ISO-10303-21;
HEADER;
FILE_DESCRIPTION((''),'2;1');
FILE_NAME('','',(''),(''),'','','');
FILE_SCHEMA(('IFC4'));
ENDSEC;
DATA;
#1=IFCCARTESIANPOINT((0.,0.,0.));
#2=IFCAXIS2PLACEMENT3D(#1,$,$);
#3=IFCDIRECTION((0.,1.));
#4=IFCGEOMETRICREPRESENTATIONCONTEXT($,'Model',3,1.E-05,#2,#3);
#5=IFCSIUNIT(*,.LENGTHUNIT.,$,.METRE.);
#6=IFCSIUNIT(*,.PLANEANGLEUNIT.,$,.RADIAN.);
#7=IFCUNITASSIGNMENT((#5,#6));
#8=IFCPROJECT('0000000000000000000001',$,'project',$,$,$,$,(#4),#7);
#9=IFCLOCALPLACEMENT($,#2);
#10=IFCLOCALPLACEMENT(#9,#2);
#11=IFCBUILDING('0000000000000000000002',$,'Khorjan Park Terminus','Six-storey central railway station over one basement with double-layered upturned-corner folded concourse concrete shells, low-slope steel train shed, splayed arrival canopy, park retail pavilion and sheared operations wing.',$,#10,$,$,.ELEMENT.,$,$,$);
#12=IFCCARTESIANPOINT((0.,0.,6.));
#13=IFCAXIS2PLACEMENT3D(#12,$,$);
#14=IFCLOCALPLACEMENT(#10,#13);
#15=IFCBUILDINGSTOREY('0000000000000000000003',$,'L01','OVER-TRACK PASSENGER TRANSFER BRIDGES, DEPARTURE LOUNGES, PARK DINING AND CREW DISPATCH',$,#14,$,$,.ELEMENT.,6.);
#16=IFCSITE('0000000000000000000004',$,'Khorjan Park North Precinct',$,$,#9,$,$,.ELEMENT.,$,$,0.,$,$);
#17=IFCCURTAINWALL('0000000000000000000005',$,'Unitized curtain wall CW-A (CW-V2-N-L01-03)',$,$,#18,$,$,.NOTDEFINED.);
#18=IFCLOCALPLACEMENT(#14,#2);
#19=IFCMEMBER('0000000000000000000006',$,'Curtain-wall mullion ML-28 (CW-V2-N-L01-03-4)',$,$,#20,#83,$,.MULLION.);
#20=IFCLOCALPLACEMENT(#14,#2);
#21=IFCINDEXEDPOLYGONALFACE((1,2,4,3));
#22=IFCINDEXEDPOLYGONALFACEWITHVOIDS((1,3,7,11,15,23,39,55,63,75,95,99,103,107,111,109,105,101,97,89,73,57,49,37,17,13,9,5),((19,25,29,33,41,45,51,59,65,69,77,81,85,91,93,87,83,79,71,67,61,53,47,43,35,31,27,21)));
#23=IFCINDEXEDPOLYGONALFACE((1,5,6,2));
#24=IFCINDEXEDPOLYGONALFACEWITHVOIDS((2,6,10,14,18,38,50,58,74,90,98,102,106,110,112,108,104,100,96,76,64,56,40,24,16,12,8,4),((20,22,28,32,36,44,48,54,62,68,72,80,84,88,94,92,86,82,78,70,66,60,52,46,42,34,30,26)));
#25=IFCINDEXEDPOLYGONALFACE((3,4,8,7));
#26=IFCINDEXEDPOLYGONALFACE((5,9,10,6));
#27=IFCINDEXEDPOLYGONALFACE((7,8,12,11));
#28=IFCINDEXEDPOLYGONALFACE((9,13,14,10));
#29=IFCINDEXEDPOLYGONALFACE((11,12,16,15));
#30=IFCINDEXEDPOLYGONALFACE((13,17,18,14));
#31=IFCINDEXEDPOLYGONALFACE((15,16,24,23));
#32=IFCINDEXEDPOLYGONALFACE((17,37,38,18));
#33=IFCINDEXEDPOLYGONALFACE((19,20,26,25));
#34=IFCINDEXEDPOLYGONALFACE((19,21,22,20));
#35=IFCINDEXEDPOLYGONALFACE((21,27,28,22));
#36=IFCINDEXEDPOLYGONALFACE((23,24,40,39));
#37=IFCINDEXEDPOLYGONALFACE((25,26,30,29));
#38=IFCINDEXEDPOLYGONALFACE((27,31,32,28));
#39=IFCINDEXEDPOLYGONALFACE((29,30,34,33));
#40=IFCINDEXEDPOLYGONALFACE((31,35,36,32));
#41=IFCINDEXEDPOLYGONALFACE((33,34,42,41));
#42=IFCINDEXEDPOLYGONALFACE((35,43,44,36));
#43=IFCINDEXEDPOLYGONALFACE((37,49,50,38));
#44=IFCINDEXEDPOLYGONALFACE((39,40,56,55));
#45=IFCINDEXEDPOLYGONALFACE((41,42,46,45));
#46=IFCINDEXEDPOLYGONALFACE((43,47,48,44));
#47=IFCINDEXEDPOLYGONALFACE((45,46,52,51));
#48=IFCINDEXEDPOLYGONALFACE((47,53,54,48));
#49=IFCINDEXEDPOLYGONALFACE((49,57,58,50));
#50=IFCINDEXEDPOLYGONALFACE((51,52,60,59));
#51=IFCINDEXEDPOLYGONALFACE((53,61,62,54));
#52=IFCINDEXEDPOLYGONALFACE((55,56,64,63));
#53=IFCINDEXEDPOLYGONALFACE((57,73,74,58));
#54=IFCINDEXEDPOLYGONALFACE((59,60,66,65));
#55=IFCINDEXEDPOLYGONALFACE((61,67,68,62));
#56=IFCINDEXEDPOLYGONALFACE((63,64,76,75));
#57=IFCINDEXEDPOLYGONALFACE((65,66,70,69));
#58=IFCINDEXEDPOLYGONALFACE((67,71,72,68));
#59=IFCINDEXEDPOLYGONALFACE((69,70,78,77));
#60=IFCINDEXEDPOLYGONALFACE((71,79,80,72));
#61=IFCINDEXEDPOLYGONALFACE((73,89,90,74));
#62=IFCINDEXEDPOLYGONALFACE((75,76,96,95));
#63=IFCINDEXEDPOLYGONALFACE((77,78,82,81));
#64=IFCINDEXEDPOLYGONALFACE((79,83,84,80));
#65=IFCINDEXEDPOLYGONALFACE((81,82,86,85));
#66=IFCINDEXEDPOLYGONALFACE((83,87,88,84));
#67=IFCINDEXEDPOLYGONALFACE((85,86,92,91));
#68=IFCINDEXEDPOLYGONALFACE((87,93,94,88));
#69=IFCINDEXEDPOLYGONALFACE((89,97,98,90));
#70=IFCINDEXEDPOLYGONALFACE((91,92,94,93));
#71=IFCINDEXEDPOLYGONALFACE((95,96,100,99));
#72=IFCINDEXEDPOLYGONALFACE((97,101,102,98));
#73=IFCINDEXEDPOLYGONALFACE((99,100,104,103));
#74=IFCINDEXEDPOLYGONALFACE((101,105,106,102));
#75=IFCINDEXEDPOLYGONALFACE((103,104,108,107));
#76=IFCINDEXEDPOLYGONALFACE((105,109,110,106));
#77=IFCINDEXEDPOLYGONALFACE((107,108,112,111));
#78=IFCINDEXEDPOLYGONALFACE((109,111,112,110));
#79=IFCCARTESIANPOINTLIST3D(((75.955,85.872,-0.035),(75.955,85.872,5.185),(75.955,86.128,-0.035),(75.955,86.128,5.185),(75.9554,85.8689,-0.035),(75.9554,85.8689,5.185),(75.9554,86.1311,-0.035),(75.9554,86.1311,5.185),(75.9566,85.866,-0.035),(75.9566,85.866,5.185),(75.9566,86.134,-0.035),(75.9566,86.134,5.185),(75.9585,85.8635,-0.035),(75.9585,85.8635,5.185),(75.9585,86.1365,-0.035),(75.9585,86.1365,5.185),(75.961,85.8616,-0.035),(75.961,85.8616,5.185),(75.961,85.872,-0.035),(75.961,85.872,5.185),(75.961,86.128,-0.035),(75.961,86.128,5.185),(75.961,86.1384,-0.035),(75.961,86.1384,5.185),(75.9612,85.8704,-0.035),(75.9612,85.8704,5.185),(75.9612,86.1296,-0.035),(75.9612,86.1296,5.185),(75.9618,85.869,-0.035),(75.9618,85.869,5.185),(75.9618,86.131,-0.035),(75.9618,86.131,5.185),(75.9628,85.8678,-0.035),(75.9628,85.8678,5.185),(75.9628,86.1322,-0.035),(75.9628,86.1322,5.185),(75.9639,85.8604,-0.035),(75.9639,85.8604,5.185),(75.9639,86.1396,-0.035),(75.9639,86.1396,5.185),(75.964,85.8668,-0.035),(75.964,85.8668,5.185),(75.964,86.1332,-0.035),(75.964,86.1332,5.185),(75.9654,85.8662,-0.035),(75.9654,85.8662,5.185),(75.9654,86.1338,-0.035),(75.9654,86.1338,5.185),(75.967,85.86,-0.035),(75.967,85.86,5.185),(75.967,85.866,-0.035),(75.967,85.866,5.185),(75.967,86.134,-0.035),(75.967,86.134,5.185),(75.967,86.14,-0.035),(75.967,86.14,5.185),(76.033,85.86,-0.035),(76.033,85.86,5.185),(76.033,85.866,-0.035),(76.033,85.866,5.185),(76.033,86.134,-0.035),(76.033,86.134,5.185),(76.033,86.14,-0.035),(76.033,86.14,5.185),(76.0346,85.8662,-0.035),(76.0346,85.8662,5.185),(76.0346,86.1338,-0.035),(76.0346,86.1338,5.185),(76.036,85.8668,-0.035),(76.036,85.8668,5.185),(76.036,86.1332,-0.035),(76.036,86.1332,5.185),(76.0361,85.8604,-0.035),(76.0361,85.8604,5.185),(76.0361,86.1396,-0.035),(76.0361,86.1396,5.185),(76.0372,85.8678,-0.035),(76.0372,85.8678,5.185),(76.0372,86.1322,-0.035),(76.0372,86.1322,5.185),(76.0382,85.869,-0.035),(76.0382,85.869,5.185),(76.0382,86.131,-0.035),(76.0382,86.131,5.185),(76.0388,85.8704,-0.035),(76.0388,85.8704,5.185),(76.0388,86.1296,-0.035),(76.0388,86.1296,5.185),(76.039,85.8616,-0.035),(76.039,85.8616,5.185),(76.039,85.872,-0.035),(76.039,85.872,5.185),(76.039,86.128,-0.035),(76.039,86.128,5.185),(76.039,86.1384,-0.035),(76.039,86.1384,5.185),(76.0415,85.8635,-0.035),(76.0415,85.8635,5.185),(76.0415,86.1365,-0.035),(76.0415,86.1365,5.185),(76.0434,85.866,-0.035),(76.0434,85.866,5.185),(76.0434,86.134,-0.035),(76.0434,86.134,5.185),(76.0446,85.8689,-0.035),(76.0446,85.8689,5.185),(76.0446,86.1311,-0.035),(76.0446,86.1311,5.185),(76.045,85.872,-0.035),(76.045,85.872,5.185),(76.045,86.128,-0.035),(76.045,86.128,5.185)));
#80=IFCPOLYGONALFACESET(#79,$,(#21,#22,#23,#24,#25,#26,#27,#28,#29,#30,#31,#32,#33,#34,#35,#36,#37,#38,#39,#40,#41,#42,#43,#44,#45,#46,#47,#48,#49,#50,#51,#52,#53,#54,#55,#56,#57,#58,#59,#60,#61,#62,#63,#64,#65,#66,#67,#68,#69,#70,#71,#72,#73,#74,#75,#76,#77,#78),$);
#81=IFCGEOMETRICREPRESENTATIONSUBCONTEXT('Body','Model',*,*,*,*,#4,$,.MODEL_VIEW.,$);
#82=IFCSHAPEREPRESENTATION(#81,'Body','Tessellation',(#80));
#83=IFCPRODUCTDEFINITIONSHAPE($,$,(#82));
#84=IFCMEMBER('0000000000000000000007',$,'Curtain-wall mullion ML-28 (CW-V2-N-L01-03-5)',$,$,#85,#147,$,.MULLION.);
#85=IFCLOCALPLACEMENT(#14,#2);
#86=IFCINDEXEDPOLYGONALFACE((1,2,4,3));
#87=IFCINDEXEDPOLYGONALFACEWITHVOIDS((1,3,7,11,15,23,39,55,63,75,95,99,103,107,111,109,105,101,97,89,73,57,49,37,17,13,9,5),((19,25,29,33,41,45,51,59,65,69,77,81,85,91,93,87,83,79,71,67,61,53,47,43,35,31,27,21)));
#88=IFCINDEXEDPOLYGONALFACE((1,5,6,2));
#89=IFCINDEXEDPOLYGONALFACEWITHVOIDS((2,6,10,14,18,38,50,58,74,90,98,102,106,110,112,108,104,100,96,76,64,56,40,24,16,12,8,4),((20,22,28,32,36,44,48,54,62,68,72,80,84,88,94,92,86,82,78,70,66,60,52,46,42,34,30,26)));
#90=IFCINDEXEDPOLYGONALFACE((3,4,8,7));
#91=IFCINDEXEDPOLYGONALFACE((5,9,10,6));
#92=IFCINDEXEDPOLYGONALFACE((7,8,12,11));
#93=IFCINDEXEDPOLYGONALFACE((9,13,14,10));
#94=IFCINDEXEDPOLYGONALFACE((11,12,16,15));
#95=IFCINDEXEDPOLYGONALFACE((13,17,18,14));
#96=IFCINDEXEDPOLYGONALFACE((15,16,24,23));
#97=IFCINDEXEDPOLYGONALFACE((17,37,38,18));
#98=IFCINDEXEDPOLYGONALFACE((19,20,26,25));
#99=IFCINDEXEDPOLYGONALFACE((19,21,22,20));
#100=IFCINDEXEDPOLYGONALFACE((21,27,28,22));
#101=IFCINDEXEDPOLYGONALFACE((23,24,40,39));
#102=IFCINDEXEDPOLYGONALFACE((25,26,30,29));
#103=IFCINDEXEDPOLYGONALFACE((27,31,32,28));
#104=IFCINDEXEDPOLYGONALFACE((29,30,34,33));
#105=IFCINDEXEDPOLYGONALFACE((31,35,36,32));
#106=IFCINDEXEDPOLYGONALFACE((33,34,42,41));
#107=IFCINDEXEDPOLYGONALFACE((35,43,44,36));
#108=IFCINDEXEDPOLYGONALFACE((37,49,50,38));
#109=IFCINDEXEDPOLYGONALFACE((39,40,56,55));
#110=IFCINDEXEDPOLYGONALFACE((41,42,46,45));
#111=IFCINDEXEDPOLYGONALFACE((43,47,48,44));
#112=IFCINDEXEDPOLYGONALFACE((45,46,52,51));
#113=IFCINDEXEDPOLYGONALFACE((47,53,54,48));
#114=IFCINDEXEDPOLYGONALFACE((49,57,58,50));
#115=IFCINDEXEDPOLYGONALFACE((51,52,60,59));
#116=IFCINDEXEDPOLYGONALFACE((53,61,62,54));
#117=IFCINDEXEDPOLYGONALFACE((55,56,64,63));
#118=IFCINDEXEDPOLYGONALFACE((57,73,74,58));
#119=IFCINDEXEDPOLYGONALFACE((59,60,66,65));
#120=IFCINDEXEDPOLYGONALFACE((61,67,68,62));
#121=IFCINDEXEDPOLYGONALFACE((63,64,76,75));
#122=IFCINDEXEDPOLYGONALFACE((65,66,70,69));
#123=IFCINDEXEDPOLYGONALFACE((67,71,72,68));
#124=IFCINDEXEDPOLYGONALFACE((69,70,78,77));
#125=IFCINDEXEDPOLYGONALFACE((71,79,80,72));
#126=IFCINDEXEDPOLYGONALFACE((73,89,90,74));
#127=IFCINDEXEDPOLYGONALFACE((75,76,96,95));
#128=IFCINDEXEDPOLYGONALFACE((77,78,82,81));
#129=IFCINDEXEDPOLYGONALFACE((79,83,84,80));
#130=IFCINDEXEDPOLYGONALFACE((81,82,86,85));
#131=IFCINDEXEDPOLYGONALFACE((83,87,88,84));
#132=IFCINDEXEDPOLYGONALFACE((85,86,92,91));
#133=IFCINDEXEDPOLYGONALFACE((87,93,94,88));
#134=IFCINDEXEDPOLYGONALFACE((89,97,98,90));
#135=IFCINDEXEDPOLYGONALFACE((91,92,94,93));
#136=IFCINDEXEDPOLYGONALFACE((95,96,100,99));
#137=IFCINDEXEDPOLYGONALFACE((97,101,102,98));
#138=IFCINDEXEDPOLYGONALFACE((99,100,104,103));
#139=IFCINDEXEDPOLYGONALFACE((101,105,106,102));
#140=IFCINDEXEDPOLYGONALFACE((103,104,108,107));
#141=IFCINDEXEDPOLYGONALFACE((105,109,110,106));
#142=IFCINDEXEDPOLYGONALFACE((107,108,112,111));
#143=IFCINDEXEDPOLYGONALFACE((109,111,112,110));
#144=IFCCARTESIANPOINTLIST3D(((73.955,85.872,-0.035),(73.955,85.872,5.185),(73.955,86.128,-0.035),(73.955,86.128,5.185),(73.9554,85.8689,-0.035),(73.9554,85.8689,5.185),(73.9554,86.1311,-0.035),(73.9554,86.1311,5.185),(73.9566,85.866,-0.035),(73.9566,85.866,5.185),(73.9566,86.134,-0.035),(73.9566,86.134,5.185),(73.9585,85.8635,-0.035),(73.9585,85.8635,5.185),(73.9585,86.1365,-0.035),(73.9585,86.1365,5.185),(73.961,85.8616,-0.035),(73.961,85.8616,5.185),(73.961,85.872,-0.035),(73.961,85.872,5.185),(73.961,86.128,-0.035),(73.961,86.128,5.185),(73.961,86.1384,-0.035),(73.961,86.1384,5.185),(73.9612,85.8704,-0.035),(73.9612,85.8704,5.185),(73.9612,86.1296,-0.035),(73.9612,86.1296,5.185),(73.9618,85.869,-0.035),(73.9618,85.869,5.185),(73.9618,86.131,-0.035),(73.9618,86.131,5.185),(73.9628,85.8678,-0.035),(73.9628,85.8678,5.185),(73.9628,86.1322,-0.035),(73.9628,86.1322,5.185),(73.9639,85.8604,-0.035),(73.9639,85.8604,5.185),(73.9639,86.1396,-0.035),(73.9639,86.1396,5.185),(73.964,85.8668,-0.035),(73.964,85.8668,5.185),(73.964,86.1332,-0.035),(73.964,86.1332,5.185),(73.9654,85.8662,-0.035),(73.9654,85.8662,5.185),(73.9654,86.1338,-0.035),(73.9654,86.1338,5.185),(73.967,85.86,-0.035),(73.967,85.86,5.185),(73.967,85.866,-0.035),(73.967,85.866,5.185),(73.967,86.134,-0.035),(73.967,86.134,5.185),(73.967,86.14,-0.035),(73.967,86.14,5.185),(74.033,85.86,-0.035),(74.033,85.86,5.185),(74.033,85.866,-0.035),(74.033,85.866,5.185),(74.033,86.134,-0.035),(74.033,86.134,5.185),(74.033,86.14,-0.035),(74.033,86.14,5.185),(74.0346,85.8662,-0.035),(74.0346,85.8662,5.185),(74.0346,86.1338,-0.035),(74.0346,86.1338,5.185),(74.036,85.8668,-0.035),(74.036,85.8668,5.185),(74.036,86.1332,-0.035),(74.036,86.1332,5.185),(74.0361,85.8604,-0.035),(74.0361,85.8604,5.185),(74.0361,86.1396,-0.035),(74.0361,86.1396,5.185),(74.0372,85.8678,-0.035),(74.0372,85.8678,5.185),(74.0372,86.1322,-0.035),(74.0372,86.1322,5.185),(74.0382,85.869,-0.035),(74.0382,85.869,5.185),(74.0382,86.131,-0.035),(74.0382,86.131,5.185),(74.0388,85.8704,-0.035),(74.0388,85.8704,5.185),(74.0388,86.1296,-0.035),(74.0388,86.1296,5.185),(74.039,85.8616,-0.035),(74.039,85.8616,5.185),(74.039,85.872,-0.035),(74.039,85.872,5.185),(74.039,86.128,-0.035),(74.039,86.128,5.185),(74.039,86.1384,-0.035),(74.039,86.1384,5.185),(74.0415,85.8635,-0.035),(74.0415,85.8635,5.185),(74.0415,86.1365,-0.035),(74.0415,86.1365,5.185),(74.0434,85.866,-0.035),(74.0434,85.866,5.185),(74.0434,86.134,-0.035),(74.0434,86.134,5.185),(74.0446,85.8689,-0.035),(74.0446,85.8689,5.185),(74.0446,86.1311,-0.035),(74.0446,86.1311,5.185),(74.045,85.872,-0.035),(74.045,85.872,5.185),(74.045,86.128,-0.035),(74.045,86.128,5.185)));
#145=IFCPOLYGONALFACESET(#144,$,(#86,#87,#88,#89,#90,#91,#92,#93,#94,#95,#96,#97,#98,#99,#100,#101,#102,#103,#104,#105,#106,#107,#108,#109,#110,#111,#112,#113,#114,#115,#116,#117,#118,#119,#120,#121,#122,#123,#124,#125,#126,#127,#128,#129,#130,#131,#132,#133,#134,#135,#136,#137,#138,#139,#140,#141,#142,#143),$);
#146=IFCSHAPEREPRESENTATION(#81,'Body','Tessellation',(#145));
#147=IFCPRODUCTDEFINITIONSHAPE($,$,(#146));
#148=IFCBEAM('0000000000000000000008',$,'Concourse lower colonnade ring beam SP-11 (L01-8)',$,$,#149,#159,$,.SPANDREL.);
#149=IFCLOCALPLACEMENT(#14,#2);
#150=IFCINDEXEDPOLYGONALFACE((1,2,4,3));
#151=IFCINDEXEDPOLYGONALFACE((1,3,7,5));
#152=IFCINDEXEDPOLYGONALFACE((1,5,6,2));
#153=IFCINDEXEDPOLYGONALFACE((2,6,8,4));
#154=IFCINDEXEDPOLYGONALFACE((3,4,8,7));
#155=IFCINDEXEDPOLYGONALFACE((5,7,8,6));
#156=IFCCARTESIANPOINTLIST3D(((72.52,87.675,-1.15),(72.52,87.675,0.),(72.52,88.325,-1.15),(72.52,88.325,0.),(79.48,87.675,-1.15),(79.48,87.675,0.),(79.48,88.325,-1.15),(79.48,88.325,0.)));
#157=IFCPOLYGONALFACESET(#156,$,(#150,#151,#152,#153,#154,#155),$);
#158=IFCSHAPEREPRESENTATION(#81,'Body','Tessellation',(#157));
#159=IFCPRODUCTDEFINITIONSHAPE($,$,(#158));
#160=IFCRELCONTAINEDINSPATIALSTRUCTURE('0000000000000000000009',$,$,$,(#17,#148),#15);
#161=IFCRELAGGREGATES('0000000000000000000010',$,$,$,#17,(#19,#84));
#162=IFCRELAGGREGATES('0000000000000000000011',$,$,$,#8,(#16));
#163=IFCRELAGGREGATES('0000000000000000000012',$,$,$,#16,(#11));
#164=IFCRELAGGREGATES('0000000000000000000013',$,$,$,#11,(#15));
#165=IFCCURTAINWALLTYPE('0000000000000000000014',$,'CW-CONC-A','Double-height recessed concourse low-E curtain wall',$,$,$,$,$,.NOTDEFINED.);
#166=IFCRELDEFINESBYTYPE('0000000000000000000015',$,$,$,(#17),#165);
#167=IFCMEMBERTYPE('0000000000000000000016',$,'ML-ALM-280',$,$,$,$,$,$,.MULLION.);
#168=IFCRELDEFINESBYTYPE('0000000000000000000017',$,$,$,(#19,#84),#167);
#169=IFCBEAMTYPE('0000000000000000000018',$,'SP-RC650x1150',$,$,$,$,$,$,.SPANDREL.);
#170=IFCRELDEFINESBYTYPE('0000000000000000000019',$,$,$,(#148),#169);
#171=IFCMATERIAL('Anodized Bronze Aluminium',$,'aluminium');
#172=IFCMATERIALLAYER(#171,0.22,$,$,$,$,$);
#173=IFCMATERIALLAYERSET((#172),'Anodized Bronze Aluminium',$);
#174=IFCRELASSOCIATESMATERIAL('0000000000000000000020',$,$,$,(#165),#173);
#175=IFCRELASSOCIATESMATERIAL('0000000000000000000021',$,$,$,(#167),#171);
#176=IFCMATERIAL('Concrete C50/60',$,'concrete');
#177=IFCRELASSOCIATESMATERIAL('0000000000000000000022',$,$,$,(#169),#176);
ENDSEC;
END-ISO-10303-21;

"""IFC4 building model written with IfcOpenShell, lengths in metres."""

from ifc_helpers import new_model, si_unit, direction, frame, origin, origin_2d, place, context, subcontext, project, spatial, rectangle, hollow_rectangle, extrude, material, layer, layer_set, material_profile, profile_set, type_object, element, aggregate, save


model = new_model("IFC4")

# Units and contexts
model_context = context("Model", 3, precision=1e-05, world=origin(), true_north=direction((0.0, 1.0)))
body_context = subcontext(model_context, "Body", "Model", "MODEL_VIEW")
ifc_project = project(units=[si_unit("LENGTHUNIT", "METRE"), si_unit("PLANEANGLEUNIT", "RADIAN")], contexts=[model_context])

# Site, building, storey
site_placement = place(None, origin())
site = spatial("IfcSite", under=ifc_project, at=site_placement, Name="Khorjan Park North Precinct", CompositionType="ELEMENT", RefElevation=0.0)
building_placement = place(site_placement, origin())
building = spatial("IfcBuilding", under=site, at=building_placement, Name="Khorjan Park Terminus", Description="Six-storey central railway station over one basement with double-layered upturned-corner folded concourse concrete shells, low-slope steel train shed, splayed arrival canopy, park retail pavilion and sheared operations wing.", CompositionType="ELEMENT")
storey_placement = place(building_placement, frame((0.0, 0.0, 6.0)))
storey = spatial("IfcBuildingStorey", under=building, at=storey_placement, Name="L01", Description="OVER-TRACK PASSENGER TRANSFER BRIDGES, DEPARTURE LOUNGES, PARK DINING AND CREW DISPATCH", CompositionType="ELEMENT", Elevation=6.0)

# Shared definitions
ifc_material_1 = material(Name="Concrete C50/60", Category="concrete")

# Shared definitions
ifc_material_2 = material(Name="Anodized Bronze Aluminium", Category="aluminium")

# Curtain wall, members
ifc_layer_1 = layer(ifc_material_2, 0.22)
ifc_layer_set_1 = layer_set([ifc_layer_1], Name="Anodized Bronze Aluminium")
curtain_wall_type_1 = type_object("IfcCurtainWallType", Name="CW-CONC-A", Description="Double-height recessed concourse low-E curtain wall", PredefinedType="NOTDEFINED", material=ifc_layer_set_1)
curtain_wall_1_placement = place(storey_placement, origin())
curtain_wall_1 = element("IfcCurtainWall", 1, at=curtain_wall_1_placement, inside=storey, type_object=curtain_wall_type_1, Name="Unitized curtain wall CW-A (CW-V2-N-L01-03)", PredefinedType="NOTDEFINED")
ifc_material_profile_1 = material_profile(ifc_material_2, hollow_rectangle(XDim=0.09, YDim=0.28, WallThickness=0.006, InnerFilletRadius=0.006, OuterFilletRadius=0.012, at=origin_2d()), Name="ALM 90x280x6")
ifc_profile_set_1 = profile_set([ifc_material_profile_1], Name="Anodized Bronze Aluminium")
member_type_1 = type_object("IfcMemberType", Name="ML-ALM-280", PredefinedType="MULLION", material=ifc_profile_set_1)
member_1_placement = place(storey_placement, frame((76.0, 86.0, -0.035), z_axis=(0.0, 0.0, 1.0), x_axis=(-1.0, 0.0, 0.0)))
member_1 = element("IfcMember", 2, at=member_1_placement, type_object=member_type_1, Name="Curtain-wall mullion ML-28 (CW-V2-N-L01-03-4)", PredefinedType="MULLION", context=body_context, shape_type="SweptSolid", body=[
    extrude(hollow_rectangle(XDim=0.09, YDim=0.28, WallThickness=0.006, InnerFilletRadius=0.006, OuterFilletRadius=0.012, at=origin_2d()), origin(), (0.0, 0.0, 1.0), 5.22),
])
member_2_placement = place(storey_placement, frame((74.0, 86.0, -0.035), z_axis=(0.0, 0.0, 1.0), x_axis=(-1.0, 0.0, 0.0)))
member_2 = element("IfcMember", 3, at=member_2_placement, type_object=member_type_1, Name="Curtain-wall mullion ML-28 (CW-V2-N-L01-03-5)", PredefinedType="MULLION", context=body_context, shape_type="SweptSolid", body=[
    extrude(hollow_rectangle(XDim=0.09, YDim=0.28, WallThickness=0.006, InnerFilletRadius=0.006, OuterFilletRadius=0.012, at=origin_2d()), origin(), (0.0, 0.0, 1.0), 5.22),
])

# Beam
ifc_material_profile_2 = material_profile(ifc_material_1, rectangle(XDim=0.65, YDim=1.15, at=origin_2d()), Name="RC 650x1150")
ifc_profile_set_2 = profile_set([ifc_material_profile_2], Name="Concrete C50/60")
beam_type = type_object("IfcBeamType", Name="SP-RC650x1150", PredefinedType="SPANDREL", material=ifc_profile_set_2)
beam_placement = place(storey_placement, frame((72.52, 88.0, -0.575), z_axis=(1.0, 0.0, 0.0), x_axis=(0.0, 1.0, 0.0)))
element("IfcBeam", 4, at=beam_placement, inside=storey, type_object=beam_type, Name="Concourse lower colonnade ring beam SP-11 (L01-8)", PredefinedType="SPANDREL", context=body_context, shape_type="SweptSolid", body=[
    extrude(rectangle(XDim=0.65, YDim=1.15, at=origin_2d()), origin(), (0.0, 0.0, 1.0), 6.96),
])

aggregate(curtain_wall_1, [member_1, member_2])

save(model, "model.ifc")
